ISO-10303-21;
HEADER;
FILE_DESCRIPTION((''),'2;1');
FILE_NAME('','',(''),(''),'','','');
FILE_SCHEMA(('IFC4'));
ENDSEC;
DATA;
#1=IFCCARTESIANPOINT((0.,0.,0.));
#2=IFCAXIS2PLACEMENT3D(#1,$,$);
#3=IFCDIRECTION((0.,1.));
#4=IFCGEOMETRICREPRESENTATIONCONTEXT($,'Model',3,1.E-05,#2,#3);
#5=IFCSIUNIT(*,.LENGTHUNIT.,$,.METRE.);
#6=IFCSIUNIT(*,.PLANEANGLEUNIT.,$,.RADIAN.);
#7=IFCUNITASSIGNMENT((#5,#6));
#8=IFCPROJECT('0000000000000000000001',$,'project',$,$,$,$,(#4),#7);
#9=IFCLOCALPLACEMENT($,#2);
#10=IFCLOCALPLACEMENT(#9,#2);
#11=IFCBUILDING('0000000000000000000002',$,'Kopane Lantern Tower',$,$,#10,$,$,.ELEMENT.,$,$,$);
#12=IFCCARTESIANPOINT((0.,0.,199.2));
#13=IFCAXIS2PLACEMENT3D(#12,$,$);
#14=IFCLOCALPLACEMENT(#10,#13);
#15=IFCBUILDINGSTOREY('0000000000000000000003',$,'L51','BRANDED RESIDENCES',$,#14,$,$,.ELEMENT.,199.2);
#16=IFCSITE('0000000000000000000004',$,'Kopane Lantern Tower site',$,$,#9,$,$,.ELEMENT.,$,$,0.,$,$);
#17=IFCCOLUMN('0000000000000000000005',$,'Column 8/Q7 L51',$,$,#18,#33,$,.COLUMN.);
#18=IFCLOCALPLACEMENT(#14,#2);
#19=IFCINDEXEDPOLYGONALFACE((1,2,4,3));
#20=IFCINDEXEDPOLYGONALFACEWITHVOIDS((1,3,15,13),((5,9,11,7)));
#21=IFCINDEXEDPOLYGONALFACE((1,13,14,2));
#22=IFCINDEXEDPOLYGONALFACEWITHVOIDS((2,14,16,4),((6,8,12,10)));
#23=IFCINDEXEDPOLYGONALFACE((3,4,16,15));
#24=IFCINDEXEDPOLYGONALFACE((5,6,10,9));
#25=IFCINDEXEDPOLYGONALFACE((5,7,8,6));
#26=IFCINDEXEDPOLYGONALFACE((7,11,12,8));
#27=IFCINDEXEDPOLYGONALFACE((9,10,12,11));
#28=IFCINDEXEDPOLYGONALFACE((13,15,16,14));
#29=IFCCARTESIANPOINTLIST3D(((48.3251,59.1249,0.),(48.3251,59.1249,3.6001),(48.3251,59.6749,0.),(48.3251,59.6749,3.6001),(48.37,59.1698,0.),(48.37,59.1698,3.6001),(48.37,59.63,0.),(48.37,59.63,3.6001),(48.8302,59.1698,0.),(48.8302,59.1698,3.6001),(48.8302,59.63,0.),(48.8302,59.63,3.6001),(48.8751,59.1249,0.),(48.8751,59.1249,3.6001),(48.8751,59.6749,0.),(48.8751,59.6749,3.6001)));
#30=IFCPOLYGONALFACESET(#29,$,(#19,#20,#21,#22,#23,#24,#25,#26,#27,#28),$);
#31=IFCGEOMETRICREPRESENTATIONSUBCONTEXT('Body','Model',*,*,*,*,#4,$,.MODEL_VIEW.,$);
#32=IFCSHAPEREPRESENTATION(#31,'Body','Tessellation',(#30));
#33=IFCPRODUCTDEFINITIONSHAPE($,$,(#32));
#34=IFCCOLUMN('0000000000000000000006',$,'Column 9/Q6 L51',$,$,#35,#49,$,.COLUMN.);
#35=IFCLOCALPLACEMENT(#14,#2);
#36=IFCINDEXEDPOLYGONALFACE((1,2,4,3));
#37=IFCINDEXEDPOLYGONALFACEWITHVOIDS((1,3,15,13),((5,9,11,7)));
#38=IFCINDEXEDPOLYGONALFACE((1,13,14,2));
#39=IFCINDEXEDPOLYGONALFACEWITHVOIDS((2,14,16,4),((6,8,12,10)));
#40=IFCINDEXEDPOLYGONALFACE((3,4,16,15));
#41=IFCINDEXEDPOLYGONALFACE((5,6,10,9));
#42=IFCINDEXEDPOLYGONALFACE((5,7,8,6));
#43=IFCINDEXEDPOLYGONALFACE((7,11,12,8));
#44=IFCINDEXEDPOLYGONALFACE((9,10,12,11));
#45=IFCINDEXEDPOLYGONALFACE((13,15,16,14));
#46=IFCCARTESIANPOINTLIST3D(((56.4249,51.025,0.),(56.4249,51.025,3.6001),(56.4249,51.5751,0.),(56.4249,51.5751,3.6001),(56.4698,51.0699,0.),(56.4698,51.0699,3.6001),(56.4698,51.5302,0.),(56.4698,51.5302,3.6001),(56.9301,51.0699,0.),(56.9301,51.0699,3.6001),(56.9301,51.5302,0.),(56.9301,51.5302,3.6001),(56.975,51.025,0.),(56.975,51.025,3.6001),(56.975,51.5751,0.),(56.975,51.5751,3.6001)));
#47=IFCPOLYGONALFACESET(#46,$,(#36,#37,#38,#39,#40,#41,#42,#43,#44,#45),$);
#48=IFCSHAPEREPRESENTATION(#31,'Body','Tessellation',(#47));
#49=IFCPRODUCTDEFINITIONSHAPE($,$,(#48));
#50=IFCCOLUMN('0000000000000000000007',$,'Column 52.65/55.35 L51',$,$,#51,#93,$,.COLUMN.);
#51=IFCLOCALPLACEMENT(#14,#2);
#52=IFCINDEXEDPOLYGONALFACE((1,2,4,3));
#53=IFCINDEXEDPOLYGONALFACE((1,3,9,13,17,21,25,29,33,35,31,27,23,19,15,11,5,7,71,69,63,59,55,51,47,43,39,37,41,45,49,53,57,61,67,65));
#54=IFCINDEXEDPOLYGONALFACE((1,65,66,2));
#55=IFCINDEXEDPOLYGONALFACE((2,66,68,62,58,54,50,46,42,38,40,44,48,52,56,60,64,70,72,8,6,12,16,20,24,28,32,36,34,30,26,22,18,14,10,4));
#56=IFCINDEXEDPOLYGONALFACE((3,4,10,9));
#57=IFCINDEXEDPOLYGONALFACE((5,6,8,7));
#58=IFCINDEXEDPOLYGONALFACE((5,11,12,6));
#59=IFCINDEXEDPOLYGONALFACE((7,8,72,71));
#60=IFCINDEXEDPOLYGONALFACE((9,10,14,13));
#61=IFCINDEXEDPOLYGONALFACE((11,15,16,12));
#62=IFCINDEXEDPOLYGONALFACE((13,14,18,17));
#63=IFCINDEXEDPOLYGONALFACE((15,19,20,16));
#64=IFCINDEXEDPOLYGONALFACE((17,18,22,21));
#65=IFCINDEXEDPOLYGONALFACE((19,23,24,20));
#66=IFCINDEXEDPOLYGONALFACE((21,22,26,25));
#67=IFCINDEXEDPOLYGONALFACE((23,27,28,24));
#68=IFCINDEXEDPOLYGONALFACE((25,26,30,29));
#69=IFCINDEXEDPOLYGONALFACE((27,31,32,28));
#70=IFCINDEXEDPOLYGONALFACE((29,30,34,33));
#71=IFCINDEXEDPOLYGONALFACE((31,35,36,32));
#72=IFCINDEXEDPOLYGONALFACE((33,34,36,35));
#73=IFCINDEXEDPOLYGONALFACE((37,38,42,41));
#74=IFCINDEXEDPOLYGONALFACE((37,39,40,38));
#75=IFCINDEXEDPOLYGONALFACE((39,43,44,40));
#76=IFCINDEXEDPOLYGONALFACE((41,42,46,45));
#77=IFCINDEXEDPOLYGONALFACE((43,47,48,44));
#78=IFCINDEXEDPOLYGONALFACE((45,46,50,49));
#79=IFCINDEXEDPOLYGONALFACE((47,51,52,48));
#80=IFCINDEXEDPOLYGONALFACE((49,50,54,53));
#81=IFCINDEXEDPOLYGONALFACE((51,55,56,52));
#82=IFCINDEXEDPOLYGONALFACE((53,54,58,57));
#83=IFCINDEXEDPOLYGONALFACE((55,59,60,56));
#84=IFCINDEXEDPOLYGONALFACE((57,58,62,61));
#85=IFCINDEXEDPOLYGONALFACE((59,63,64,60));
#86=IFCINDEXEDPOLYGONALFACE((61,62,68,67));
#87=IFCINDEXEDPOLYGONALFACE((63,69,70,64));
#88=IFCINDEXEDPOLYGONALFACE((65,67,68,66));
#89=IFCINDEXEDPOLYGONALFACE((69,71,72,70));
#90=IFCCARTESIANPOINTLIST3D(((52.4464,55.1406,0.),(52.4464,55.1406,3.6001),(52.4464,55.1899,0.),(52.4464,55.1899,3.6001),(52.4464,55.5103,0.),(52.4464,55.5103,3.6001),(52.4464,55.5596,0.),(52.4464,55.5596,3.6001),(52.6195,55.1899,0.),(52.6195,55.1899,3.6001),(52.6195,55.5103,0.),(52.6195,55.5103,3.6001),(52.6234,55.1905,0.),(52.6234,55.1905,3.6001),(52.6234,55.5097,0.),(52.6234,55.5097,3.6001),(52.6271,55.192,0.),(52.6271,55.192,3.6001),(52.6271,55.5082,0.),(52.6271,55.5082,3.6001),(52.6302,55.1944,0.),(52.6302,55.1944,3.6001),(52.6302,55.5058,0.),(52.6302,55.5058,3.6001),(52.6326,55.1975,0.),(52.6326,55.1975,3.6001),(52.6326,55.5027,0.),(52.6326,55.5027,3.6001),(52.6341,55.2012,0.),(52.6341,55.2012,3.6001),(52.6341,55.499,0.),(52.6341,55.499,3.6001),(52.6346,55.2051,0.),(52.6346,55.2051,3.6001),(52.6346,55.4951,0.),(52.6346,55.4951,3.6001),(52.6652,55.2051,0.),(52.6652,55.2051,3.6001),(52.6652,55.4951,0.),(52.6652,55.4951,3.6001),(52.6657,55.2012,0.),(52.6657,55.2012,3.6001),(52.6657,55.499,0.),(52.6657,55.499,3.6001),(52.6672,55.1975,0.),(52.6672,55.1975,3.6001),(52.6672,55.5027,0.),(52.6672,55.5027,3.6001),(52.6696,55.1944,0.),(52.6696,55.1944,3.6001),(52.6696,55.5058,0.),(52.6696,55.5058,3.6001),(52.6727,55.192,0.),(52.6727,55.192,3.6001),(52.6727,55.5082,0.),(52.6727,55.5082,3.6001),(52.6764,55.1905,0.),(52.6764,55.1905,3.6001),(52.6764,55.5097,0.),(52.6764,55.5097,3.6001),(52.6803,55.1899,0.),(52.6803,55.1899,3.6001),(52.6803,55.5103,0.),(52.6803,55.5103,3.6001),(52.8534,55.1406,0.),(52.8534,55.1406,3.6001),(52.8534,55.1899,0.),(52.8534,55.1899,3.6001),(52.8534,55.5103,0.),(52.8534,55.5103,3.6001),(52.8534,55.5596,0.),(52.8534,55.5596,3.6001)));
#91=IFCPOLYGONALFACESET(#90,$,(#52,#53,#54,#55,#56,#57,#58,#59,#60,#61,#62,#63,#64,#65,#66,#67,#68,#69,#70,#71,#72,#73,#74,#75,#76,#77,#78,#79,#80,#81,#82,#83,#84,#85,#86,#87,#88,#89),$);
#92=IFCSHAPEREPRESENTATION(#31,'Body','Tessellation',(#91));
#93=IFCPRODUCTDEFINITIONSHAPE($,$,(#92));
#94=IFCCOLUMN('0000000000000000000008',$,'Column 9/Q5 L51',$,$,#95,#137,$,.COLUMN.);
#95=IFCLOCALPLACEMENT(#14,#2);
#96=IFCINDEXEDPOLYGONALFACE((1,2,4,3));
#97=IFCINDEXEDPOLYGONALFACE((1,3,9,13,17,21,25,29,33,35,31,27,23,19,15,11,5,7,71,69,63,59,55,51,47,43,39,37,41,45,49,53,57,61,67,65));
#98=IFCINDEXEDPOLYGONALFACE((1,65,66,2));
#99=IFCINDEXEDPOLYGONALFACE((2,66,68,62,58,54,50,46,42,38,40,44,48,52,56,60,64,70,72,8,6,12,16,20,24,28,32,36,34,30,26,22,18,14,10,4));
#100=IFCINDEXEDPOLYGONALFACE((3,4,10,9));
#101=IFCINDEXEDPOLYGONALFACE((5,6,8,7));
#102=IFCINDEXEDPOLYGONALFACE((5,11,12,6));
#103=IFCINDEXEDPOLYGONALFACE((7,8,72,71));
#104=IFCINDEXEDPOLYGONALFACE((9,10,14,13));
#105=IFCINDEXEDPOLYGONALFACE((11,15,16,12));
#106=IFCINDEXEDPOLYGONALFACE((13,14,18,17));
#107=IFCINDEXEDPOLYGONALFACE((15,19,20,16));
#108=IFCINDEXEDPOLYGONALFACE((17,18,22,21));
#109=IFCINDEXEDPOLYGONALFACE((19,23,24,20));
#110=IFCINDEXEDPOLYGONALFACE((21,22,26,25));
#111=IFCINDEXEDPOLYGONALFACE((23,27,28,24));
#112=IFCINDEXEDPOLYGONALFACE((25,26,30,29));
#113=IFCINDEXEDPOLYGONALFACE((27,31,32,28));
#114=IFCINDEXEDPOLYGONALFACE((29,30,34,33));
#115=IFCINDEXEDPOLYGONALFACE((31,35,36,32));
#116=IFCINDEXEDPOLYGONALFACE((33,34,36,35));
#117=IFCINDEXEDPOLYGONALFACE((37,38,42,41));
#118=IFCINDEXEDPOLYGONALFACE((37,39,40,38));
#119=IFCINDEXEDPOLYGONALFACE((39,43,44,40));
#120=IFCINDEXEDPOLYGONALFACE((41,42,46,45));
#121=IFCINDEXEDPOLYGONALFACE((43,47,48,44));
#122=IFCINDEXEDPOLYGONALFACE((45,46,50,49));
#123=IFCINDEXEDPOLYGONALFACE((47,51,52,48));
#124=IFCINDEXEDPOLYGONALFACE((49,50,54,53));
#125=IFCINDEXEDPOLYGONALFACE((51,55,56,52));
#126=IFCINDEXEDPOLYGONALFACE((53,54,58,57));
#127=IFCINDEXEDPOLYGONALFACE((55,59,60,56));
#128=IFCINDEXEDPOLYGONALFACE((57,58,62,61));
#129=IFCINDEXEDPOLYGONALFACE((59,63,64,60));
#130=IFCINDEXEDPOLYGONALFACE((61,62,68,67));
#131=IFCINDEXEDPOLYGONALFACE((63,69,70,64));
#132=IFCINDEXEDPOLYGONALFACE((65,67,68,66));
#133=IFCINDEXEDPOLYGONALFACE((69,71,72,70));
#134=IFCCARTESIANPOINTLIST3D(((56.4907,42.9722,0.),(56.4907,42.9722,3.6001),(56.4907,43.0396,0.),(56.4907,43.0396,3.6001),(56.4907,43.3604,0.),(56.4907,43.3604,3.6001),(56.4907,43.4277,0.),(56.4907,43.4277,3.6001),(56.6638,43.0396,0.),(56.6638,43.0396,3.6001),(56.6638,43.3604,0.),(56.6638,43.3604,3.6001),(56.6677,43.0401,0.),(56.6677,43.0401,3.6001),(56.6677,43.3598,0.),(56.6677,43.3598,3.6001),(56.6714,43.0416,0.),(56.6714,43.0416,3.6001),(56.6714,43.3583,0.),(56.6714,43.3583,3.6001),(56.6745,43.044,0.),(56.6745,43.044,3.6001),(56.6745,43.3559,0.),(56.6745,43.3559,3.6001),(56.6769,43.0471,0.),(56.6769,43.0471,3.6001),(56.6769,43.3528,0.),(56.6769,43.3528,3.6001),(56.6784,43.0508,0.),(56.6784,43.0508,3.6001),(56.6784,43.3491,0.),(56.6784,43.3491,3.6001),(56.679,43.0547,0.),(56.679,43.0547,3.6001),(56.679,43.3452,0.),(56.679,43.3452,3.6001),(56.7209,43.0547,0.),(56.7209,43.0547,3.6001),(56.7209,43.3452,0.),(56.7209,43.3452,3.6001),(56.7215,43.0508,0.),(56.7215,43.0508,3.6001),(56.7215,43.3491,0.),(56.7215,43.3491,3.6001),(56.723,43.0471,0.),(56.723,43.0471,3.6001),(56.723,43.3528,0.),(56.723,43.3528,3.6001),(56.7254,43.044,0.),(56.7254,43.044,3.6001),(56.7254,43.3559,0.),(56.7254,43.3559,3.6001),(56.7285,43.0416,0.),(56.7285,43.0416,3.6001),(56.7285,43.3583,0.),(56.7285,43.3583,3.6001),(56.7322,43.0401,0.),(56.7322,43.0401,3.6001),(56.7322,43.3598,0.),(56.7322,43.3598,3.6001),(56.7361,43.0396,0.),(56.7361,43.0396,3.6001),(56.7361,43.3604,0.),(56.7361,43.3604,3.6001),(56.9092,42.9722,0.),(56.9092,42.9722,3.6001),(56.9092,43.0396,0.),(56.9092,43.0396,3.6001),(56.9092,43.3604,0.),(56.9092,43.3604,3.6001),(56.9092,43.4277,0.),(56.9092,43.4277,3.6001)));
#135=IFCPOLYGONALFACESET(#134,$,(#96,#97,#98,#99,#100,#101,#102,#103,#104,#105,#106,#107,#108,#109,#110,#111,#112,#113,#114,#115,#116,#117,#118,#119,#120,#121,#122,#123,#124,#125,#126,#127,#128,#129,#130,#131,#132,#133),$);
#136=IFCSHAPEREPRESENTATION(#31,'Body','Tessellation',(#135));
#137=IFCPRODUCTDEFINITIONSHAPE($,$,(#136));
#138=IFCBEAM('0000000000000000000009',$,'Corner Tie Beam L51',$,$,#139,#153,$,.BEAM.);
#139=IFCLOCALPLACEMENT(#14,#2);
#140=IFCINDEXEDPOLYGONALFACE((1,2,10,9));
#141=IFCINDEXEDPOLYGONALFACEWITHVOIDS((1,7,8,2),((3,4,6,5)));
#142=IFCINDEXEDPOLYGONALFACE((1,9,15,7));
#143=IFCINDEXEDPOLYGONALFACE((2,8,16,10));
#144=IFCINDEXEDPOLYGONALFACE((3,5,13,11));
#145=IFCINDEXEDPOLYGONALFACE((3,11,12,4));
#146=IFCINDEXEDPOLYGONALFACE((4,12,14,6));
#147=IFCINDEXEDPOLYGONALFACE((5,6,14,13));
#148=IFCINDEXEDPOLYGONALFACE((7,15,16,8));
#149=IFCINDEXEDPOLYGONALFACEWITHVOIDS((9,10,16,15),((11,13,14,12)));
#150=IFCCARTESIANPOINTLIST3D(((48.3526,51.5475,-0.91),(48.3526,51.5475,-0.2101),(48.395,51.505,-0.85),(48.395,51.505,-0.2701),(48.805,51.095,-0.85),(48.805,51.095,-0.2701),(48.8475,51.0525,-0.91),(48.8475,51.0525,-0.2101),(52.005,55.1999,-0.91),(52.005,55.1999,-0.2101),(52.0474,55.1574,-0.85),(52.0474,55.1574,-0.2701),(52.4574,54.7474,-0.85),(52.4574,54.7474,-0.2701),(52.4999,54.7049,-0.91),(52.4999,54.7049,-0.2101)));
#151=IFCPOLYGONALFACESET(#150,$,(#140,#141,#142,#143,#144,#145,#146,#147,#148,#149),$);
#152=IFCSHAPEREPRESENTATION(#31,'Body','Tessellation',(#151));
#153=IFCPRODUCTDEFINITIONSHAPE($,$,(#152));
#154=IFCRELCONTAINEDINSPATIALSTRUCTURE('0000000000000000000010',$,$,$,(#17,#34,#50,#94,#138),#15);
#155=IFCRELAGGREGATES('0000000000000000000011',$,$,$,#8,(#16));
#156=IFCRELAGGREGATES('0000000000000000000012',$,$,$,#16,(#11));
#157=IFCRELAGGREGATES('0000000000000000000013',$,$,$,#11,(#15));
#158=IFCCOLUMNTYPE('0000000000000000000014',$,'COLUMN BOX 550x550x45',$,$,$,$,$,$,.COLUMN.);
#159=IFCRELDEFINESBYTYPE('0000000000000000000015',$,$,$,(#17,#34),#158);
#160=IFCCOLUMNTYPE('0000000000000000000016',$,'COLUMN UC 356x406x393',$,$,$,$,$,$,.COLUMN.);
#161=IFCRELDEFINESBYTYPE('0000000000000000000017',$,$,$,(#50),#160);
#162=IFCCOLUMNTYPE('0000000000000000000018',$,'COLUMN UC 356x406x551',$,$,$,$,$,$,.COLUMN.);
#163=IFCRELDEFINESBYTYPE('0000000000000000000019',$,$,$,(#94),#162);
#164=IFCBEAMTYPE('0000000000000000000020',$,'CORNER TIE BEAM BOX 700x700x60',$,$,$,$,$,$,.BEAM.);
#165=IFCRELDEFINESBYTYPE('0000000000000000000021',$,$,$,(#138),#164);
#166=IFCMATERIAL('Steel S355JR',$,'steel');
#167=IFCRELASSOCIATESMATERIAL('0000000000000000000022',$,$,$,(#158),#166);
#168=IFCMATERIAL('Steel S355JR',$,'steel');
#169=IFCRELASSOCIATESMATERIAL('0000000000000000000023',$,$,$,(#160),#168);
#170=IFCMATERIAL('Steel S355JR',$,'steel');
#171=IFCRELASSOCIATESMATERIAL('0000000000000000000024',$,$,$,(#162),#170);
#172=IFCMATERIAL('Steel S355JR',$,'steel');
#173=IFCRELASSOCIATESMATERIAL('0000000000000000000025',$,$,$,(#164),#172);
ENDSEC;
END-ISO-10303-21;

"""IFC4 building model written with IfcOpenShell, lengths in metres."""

from ifc_helpers import new_model, si_unit, direction, frame, origin, origin_2d, place, context, subcontext, project, spatial, hollow_rectangle, i_section, extrude, material, material_profile, profile_set, type_object, element, save


model = new_model("IFC4")

# Units and contexts
model_context = context("Model", 3, precision=1e-05, world=origin(), true_north=direction((0.0, 1.0)))
body_context = subcontext(model_context, "Body", "Model", "MODEL_VIEW")
ifc_project = project(units=[si_unit("LENGTHUNIT", "METRE"), si_unit("PLANEANGLEUNIT", "RADIAN")], contexts=[model_context])

# Site, building, storey
site_placement = place(None, origin())
site = spatial("IfcSite", under=ifc_project, at=site_placement, Name="Kopane Lantern Tower site", CompositionType="ELEMENT", RefElevation=0.0)
building_placement = place(site_placement, origin())
building = spatial("IfcBuilding", under=site, at=building_placement, Name="Kopane Lantern Tower", CompositionType="ELEMENT")
storey_placement = place(building_placement, frame((0.0, 0.0, 199.2)))
storey = spatial("IfcBuildingStorey", under=building, at=storey_placement, Name="L51", Description="BRANDED RESIDENCES", CompositionType="ELEMENT", Elevation=199.2)

# Columns
ifc_material_1 = material(Name="Steel S355JR", Category="steel")
ifc_material_profile_1 = material_profile(ifc_material_1, hollow_rectangle(XDim=0.55, YDim=0.55, WallThickness=0.0449, at=origin_2d()), Name="BOX 550x550x45")
ifc_profile_set_1 = profile_set([ifc_material_profile_1], Name="Steel S355JR")
column_type_1 = type_object("IfcColumnType", Name="COLUMN BOX 550x550x45", PredefinedType="COLUMN", material=ifc_profile_set_1)
for number, where, z_axis, x_axis, name in (
    (1, (48.6001, 59.3999, 0.0), (0.0, 0.0, 1.0), (1.0, 0.0, 0.0), "Column 8/Q7 L51"),
    (2, (56.7, 51.3, 0.0), (0.0, 0.0, 1.0), (1.0, 0.0, 0.0), "Column 9/Q6 L51"),
):
    element("IfcColumn", number, at=place(storey_placement, frame(where, z_axis=z_axis, x_axis=x_axis)), inside=storey, type_object=column_type_1, Name=name, PredefinedType="COLUMN", context=body_context, shape_type="SweptSolid", body=[
        extrude(hollow_rectangle(XDim=0.55, YDim=0.55, WallThickness=0.0449, at=origin_2d()), origin(), (0.0, 0.0, 1.0), 3.6001),
    ])
ifc_material_2 = material(Name="Steel S355JR", Category="steel")
ifc_material_profile_2 = material_profile(ifc_material_2, i_section(OverallWidth=0.407, OverallDepth=0.4189, WebThickness=0.0305, FlangeThickness=0.0493, FilletRadius=0.0151, at=origin_2d()), Name="UC 356x406x393")
ifc_profile_set_2 = profile_set([ifc_material_profile_2], Name="Steel S355JR")
column_type_2 = type_object("IfcColumnType", Name="COLUMN UC 356x406x393", PredefinedType="COLUMN", material=ifc_profile_set_2)
column_1_placement = place(storey_placement, frame((52.6499, 55.3501, 0.0), z_axis=(0.0, 0.0, 1.0), x_axis=(1.0, 0.0, 0.0)))
element("IfcColumn", 3, at=column_1_placement, inside=storey, type_object=column_type_2, Name="Column 52.65/55.35 L51", PredefinedType="COLUMN", context=body_context, shape_type="SweptSolid", body=[
    extrude(i_section(OverallWidth=0.407, OverallDepth=0.4189, WebThickness=0.0305, FlangeThickness=0.0493, FilletRadius=0.0151, at=origin_2d()), origin(), (0.0, 0.0, 1.0), 3.6001),
])
ifc_material_3 = material(Name="Steel S355JR", Category="steel")
ifc_material_profile_3 = material_profile(ifc_material_3, i_section(OverallWidth=0.4185, OverallDepth=0.4556, WebThickness=0.042, FlangeThickness=0.0674, FilletRadius=0.0151, at=origin_2d()), Name="UC 356x406x551")
ifc_profile_set_3 = profile_set([ifc_material_profile_3], Name="Steel S355JR")
column_type_3 = type_object("IfcColumnType", Name="COLUMN UC 356x406x551", PredefinedType="COLUMN", material=ifc_profile_set_3)
column_2_placement = place(storey_placement, frame((56.7, 43.2, 0.0), z_axis=(0.0, 0.0, 1.0), x_axis=(1.0, 0.0, 0.0)))
element("IfcColumn", 4, at=column_2_placement, inside=storey, type_object=column_type_3, Name="Column 9/Q5 L51", PredefinedType="COLUMN", context=body_context, shape_type="SweptSolid", body=[
    extrude(i_section(OverallWidth=0.4185, OverallDepth=0.4556, WebThickness=0.042, FlangeThickness=0.0674, FilletRadius=0.0151, at=origin_2d()), origin(), (0.0, 0.0, 1.0), 3.6001),
])

# Beam
ifc_material_4 = material(Name="Steel S355JR", Category="steel")
ifc_material_profile_4 = material_profile(ifc_material_4, hollow_rectangle(XDim=0.7, YDim=0.7, WallThickness=0.0601, at=origin_2d()), Name="BOX 700x700x60")
ifc_profile_set_4 = profile_set([ifc_material_profile_4], Name="Steel S355JR")
beam_type_1 = type_object("IfcBeamType", Name="CORNER TIE BEAM BOX 700x700x60", PredefinedType="BEAM", material=ifc_profile_set_4)
beam_1_placement = place(storey_placement, frame((52.2524, 54.9524, -0.5601), z_axis=(-0.707107, -0.707107, 0.0), x_axis=(0.707107, -0.707107, 0.0)))
element("IfcBeam", 5, at=beam_1_placement, inside=storey, type_object=beam_type_1, Name="Corner Tie Beam L51", PredefinedType="BEAM", context=body_context, shape_type="SweptSolid", body=[
    extrude(hollow_rectangle(XDim=0.7, YDim=0.7, WallThickness=0.0601, at=origin_2d()), origin(), (0.0, 0.0, 1.0), 5.1653),
])

save(model, "model.ifc")
